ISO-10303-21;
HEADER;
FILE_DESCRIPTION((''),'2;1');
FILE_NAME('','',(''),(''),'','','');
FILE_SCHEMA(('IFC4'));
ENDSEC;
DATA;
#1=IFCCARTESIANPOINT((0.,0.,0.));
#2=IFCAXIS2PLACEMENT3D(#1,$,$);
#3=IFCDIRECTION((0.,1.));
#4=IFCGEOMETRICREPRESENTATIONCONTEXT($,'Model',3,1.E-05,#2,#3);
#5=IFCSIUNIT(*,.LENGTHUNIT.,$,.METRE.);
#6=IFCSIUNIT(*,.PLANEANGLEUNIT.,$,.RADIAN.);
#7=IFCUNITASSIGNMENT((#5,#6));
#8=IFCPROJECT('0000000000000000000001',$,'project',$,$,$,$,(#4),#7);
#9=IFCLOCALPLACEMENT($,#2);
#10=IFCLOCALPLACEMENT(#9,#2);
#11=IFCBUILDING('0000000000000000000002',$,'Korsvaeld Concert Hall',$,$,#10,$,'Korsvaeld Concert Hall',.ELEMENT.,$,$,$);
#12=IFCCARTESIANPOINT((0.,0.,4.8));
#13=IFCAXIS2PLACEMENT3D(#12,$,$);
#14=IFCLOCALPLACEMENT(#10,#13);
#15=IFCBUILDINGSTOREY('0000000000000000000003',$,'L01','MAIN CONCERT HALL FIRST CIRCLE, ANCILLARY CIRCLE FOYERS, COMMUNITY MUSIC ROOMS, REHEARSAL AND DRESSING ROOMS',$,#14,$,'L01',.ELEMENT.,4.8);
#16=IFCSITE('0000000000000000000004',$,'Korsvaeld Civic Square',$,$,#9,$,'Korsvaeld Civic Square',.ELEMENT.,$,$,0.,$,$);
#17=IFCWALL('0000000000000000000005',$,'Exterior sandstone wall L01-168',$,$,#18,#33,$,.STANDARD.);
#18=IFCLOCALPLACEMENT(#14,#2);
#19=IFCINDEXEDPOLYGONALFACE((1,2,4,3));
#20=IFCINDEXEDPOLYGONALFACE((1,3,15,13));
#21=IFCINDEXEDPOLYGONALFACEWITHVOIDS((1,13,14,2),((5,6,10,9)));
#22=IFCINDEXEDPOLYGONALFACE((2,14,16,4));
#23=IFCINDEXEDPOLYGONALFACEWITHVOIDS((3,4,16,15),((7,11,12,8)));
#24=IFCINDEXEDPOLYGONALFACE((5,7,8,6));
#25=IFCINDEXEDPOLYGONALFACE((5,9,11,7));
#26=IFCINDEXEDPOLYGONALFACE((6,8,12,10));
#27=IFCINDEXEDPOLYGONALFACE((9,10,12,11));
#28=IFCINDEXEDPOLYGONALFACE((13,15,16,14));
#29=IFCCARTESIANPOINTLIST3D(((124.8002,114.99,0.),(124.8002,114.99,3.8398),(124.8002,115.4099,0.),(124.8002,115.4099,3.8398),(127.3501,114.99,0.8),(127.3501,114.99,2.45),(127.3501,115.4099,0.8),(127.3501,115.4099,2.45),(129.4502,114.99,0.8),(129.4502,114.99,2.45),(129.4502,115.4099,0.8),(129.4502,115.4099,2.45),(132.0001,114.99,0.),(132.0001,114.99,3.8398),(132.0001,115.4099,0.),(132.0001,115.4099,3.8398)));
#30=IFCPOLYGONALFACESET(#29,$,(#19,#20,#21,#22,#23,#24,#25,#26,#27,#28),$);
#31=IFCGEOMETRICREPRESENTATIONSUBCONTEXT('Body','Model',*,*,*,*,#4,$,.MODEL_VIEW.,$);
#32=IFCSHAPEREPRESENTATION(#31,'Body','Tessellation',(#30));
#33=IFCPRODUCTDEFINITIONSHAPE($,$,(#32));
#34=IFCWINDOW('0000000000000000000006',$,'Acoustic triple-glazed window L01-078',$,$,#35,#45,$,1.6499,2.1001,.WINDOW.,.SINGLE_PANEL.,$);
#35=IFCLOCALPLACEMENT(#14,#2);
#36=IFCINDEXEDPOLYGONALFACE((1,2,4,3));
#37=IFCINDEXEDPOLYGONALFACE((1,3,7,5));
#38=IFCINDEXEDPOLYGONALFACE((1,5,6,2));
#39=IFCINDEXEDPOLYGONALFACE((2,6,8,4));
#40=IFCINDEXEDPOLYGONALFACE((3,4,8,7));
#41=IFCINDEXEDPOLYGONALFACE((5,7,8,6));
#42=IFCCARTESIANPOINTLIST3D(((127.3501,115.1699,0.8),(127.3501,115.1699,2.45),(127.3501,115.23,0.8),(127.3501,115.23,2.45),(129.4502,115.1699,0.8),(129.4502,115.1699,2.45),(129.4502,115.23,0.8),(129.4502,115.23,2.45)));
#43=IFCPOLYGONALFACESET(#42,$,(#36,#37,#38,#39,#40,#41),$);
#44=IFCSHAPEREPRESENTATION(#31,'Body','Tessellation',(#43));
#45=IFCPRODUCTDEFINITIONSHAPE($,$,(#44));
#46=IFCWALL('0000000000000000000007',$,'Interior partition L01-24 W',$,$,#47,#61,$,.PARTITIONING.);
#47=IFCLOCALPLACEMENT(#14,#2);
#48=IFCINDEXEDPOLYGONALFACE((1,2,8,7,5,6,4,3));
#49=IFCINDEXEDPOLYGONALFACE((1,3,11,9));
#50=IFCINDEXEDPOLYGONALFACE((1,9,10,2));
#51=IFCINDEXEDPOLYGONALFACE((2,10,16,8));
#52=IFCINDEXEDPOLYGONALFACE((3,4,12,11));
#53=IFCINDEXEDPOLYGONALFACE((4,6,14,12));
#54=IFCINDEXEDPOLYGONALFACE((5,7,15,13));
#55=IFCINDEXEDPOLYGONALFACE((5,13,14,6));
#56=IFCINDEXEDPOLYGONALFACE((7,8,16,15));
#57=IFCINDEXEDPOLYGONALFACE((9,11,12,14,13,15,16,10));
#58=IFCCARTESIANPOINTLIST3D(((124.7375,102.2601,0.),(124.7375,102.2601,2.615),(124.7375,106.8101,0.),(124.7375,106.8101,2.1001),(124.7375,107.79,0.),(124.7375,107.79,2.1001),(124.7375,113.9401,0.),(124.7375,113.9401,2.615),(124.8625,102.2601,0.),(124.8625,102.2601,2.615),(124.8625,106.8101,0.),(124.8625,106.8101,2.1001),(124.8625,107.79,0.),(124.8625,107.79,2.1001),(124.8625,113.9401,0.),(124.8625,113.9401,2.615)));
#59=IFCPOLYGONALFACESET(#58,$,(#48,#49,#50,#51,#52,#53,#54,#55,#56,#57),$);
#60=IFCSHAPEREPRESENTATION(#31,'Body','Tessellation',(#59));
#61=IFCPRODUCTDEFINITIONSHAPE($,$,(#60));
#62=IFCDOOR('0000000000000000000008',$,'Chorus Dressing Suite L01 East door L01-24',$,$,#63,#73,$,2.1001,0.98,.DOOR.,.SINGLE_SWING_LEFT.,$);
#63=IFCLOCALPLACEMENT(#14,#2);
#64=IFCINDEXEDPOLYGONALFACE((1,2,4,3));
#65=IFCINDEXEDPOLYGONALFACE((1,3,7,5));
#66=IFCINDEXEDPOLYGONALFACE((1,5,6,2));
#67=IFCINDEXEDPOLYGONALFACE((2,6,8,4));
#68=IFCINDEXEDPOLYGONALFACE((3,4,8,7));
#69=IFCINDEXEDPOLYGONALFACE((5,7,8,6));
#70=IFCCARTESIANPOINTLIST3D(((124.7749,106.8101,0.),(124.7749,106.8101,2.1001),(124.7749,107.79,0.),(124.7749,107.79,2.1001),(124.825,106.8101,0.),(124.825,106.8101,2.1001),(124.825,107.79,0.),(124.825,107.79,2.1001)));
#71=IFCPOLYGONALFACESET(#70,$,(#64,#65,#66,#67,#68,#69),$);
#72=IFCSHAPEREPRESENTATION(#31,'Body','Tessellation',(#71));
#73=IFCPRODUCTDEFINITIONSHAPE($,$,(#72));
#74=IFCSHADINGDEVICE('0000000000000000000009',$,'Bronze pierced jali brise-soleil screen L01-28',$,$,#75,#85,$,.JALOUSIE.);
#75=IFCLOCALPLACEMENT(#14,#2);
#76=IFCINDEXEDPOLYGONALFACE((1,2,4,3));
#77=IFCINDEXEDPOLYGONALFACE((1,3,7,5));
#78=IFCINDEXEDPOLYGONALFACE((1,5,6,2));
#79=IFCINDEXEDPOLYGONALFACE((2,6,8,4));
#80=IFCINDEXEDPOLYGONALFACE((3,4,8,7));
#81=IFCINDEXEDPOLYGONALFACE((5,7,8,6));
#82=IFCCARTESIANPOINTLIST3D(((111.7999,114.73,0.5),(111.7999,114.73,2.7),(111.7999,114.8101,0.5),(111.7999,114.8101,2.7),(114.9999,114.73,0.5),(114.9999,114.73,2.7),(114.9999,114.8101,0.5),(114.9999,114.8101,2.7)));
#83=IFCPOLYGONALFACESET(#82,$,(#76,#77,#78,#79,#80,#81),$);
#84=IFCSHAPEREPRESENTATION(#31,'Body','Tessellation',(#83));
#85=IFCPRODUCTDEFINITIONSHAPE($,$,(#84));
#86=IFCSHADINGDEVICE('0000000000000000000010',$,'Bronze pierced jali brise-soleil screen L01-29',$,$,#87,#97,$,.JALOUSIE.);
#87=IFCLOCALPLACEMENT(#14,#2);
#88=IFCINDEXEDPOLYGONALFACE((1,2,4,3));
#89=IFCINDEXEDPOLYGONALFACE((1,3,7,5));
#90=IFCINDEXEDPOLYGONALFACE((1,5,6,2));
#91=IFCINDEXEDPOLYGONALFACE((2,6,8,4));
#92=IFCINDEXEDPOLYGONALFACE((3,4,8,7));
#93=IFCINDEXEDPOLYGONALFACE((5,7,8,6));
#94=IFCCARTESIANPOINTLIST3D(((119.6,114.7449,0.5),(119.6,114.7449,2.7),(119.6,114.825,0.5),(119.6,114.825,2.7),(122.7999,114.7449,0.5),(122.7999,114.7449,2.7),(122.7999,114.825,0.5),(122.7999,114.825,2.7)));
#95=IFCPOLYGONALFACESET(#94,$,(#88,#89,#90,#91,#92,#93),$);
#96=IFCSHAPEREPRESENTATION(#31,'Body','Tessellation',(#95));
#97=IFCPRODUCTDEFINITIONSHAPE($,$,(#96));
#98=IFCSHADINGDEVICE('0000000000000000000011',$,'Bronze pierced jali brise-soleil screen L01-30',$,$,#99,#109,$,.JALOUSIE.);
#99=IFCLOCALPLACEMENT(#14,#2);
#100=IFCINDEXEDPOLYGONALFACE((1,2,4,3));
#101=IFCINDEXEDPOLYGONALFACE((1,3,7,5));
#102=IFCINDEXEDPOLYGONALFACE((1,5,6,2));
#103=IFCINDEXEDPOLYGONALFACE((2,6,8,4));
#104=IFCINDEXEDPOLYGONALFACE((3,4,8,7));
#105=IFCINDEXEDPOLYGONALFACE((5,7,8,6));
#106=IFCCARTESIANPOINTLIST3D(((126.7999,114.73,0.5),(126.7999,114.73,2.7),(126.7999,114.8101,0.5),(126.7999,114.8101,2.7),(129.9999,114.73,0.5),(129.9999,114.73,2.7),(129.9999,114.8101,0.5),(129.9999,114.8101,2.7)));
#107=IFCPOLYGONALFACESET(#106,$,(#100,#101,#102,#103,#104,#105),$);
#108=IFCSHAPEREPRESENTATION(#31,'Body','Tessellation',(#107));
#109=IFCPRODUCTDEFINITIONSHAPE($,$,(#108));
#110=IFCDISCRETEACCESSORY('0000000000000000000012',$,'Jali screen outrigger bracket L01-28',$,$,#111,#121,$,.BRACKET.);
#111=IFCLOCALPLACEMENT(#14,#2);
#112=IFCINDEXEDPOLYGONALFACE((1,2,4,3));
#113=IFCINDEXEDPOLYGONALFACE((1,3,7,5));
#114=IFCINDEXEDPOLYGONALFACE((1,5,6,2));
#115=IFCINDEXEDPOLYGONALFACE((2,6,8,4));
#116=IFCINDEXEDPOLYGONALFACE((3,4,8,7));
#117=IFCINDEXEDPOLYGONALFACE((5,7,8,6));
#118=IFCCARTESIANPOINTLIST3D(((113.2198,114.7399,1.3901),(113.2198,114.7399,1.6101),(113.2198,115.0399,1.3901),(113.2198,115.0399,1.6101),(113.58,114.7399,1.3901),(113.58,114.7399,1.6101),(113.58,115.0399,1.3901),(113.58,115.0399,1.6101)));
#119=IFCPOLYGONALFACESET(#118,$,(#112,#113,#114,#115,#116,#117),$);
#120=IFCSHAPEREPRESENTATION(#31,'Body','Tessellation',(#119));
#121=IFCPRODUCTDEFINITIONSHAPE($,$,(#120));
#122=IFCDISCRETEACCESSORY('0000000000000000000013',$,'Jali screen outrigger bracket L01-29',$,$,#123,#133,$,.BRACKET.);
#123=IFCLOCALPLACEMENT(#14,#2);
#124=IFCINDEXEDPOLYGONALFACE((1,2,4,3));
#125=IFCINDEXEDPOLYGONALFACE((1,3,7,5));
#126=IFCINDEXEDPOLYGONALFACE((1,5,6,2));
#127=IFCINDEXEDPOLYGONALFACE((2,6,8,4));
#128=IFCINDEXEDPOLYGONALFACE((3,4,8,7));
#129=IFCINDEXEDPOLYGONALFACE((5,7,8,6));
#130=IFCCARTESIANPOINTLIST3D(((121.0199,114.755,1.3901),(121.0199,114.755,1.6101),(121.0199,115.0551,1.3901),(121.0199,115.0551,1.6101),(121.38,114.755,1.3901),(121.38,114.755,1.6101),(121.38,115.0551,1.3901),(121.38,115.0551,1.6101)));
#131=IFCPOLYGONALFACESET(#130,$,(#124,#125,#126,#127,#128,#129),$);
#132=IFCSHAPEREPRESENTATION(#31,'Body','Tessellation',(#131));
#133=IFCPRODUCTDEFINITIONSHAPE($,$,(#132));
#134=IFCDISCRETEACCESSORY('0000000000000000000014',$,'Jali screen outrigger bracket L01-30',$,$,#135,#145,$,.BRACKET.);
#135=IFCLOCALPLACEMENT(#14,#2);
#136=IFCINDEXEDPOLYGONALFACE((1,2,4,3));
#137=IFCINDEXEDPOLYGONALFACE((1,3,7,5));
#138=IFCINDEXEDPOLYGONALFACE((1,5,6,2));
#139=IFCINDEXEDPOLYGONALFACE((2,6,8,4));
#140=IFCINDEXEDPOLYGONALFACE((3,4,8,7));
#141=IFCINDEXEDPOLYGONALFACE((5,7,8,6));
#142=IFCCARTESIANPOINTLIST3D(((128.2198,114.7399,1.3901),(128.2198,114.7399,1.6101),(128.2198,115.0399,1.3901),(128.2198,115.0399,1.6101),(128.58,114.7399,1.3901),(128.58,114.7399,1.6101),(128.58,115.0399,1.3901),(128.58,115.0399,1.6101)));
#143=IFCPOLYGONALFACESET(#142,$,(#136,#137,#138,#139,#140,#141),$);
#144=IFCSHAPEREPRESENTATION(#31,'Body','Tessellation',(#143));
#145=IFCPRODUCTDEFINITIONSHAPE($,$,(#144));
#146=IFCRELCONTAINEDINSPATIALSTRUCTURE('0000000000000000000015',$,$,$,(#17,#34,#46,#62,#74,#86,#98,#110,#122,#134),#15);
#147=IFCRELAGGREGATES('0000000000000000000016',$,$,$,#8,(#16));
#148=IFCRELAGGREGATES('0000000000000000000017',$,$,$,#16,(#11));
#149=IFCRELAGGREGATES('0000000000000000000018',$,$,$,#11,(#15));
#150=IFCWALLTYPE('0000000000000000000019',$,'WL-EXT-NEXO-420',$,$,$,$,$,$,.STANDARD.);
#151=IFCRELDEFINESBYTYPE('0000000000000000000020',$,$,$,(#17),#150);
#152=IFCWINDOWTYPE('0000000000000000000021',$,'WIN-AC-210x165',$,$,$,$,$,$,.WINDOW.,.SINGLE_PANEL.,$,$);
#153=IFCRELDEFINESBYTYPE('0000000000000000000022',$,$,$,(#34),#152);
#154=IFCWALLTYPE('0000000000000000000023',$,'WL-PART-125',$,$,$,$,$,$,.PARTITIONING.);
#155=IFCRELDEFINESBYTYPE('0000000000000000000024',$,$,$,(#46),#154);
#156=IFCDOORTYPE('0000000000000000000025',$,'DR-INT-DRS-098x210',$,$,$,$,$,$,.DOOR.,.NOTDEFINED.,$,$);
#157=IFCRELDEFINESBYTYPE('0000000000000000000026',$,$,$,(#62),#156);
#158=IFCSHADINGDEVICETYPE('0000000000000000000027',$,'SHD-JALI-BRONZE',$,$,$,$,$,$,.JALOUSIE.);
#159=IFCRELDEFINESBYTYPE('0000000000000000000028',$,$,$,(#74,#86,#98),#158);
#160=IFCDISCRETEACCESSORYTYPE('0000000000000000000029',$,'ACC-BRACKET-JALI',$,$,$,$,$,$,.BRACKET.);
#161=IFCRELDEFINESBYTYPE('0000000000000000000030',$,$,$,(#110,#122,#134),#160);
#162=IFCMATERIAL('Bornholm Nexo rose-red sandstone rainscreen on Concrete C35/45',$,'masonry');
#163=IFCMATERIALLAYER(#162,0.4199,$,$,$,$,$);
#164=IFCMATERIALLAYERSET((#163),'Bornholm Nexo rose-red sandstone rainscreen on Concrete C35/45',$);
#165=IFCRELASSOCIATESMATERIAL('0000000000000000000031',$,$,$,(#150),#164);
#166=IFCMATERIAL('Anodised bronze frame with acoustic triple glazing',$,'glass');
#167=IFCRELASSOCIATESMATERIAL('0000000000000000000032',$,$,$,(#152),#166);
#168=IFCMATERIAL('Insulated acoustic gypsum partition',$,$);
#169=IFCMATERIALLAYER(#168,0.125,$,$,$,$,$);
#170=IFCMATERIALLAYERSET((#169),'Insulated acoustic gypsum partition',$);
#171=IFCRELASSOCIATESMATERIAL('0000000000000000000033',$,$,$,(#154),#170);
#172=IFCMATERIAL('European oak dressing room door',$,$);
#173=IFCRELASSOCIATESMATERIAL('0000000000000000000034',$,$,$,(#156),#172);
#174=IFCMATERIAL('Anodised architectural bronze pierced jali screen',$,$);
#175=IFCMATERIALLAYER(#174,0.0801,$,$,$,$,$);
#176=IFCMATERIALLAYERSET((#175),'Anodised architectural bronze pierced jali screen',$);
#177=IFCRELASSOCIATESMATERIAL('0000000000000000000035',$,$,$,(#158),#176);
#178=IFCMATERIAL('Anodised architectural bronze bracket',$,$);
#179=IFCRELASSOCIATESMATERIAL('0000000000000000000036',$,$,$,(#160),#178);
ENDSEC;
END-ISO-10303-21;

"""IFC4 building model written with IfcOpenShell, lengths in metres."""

from ifc_helpers import new_model, si_unit, direction, frame, frame_2d, origin, origin_2d, place, context, subcontext, project, spatial, rectangle, extrude, material, layer, layer_set, type_object, element, fill, save


model = new_model("IFC4")

# Units and contexts
model_context = context("Model", 3, precision=1e-05, world=origin(), true_north=direction((0.0, 1.0)))
body_context = subcontext(model_context, "Body", "Model", "MODEL_VIEW")
ifc_project = project(units=[si_unit("LENGTHUNIT", "METRE"), si_unit("PLANEANGLEUNIT", "RADIAN")], contexts=[model_context])

# Site, building, storey
site_placement = place(None, origin())
site = spatial("IfcSite", under=ifc_project, at=site_placement, Name="Korsvaeld Civic Square", LongName="Korsvaeld Civic Square", CompositionType="ELEMENT", RefElevation=0.0)
building_placement = place(site_placement, origin())
building = spatial("IfcBuilding", under=site, at=building_placement, Name="Korsvaeld Concert Hall", LongName="Korsvaeld Concert Hall", CompositionType="ELEMENT")
storey_placement = place(building_placement, frame((0.0, 0.0, 4.8)))
storey = spatial("IfcBuildingStorey", under=building, at=storey_placement, Name="L01", Description="MAIN CONCERT HALL FIRST CIRCLE, ANCILLARY CIRCLE FOYERS, COMMUNITY MUSIC ROOMS, REHEARSAL AND DRESSING ROOMS", LongName="L01", CompositionType="ELEMENT", Elevation=4.8)

# Wall, opening, window
ifc_material_1 = material(Name="Anodised bronze frame with acoustic triple glazing", Category="glass")
ifc_material_2 = material(Name="Bornholm Nexo rose-red sandstone rainscreen on Concrete C35/45", Category="masonry")
ifc_layer_1 = layer(ifc_material_2, 0.4199)
ifc_layer_set_1 = layer_set([ifc_layer_1], Name="Bornholm Nexo rose-red sandstone rainscreen on Concrete C35/45")
wall_type_1 = type_object("IfcWallType", Name="WL-EXT-NEXO-420", PredefinedType="STANDARD", material=ifc_layer_set_1)
wall_1_placement = place(storey_placement, frame((124.8, 115.2, 0.0), z_axis=(0.0, 0.0, 1.0), x_axis=(1.0, 0.0, 0.0)))
wall_1 = element("IfcWall", 1, at=wall_1_placement, inside=storey, type_object=wall_type_1, Name="Exterior sandstone wall L01-168", PredefinedType="STANDARD", context=body_context, shape_type="SweptSolid", body=[
    extrude(rectangle(XDim=7.2, YDim=0.4199, at=frame_2d((3.6001, 0.0))), origin(), (0.0, 0.0, 1.0), 3.8398),
])
opening_1_placement = place(wall_1_placement, frame((2.55, 0.0, 0.8)))
opening_1 = element("IfcOpeningElement", 2, at=opening_1_placement, cuts=wall_1, PredefinedType="OPENING", context=body_context, shape_type="SweptSolid", body=[
    extrude(rectangle(XDim=2.1001, YDim=1.6499, at=frame_2d((1.05, 0.825))), frame((0.0, 0.22, 0.0), z_axis=(0.0, -1.0, 0.0), x_axis=(1.0, 0.0, 0.0)), (0.0, 0.0, 1.0), 0.4399),
])
window_type_1 = type_object("IfcWindowType", Name="WIN-AC-210x165", PartitioningType="SINGLE_PANEL", PredefinedType="WINDOW", material=ifc_material_1)
window_1_placement = place(opening_1_placement, origin())
window_1 = element("IfcWindow", 3, at=window_1_placement, inside=storey, type_object=window_type_1, Name="Acoustic triple-glazed window L01-078", OverallHeight=1.6499, OverallWidth=2.1001, PartitioningType="SINGLE_PANEL", PredefinedType="WINDOW", context=body_context, shape_type="SweptSolid", body=[
    extrude(rectangle(XDim=2.1001, YDim=1.6499, at=frame_2d((1.05, 0.825))), frame((0.0, 0.03, 0.0), z_axis=(0.0, -1.0, 0.0), x_axis=(1.0, 0.0, 0.0)), (0.0, 0.0, 1.0), 0.0601),
])
fill(opening_1, window_1)

# Wall, opening, door
ifc_material_3 = material(Name="Insulated acoustic gypsum partition")
ifc_layer_2 = layer(ifc_material_3, 0.125)
ifc_layer_set_2 = layer_set([ifc_layer_2], Name="Insulated acoustic gypsum partition")
wall_type_2 = type_object("IfcWallType", Name="WL-PART-125", PredefinedType="PARTITIONING", material=ifc_layer_set_2)
wall_2_placement = place(storey_placement, frame((124.8, 113.9399, 0.0), z_axis=(0.0, 0.0, 1.0), x_axis=(0.0, -1.0, 0.0)))
wall_2 = element("IfcWall", 4, at=wall_2_placement, inside=storey, type_object=wall_type_2, Name="Interior partition L01-24 W", PredefinedType="PARTITIONING", context=body_context, shape_type="SweptSolid", body=[
    extrude(rectangle(XDim=11.6799, YDim=0.125, at=frame_2d((5.8398, 0.0))), origin(), (0.0, 0.0, 1.0), 2.615),
])
opening_2_placement = place(wall_2_placement, frame((6.1499, 0.0, 0.0)))
opening_2 = element("IfcOpeningElement", 5, at=opening_2_placement, cuts=wall_2, PredefinedType="OPENING", context=body_context, shape_type="SweptSolid", body=[
    extrude(rectangle(XDim=0.98, YDim=2.1001, at=frame_2d((0.49, 1.05))), frame((0.0, 0.0725, 0.0), z_axis=(0.0, -1.0, 0.0), x_axis=(1.0, 0.0, 0.0)), (0.0, 0.0, 1.0), 0.145),
])
ifc_material_4 = material(Name="European oak dressing room door")
door_type = type_object("IfcDoorType", Name="DR-INT-DRS-098x210", OperationType="NOTDEFINED", PredefinedType="DOOR", material=ifc_material_4)
door_placement = place(opening_2_placement, origin())
door = element("IfcDoor", 6, at=door_placement, inside=storey, type_object=door_type, Name="Chorus Dressing Suite L01 East door L01-24", OperationType="SINGLE_SWING_LEFT", OverallHeight=2.1001, OverallWidth=0.98, PredefinedType="DOOR", context=body_context, shape_type="SweptSolid", body=[
    extrude(rectangle(XDim=0.98, YDim=2.1001, at=frame_2d((0.49, 1.05))), frame((0.0, 0.0249, 0.0), z_axis=(0.0, -1.0, 0.0), x_axis=(1.0, 0.0, 0.0)), (0.0, 0.0, 1.0), 0.05),
])
fill(opening_2, door)

# Shading devices
ifc_material_5 = material(Name="Anodised architectural bronze pierced jali screen")
ifc_layer_3 = layer(ifc_material_5, 0.0801)
ifc_layer_set_3 = layer_set([ifc_layer_3], Name="Anodised architectural bronze pierced jali screen")
shading_device_type = type_object("IfcShadingDeviceType", Name="SHD-JALI-BRONZE", PredefinedType="JALOUSIE", material=ifc_layer_set_3)
for number, where, z_axis, x_axis, name in (
    (7, (113.3999, 114.77, 0.5), (0.0, 0.0, 1.0), (1.0, 0.0, 0.0), "Bronze pierced jali brise-soleil screen L01-28"),
    (8, (121.2, 114.7849, 0.5), (0.0, 0.0, 1.0), (1.0, 0.0, 0.0), "Bronze pierced jali brise-soleil screen L01-29"),
    (9, (128.3999, 114.77, 0.5), (0.0, 0.0, 1.0), (1.0, 0.0, 0.0), "Bronze pierced jali brise-soleil screen L01-30"),
):
    element("IfcShadingDevice", number, at=place(storey_placement, frame(where, z_axis=z_axis, x_axis=x_axis)), inside=storey, type_object=shading_device_type, Name=name, PredefinedType="JALOUSIE", context=body_context, shape_type="SweptSolid", body=[
        extrude(rectangle(XDim=3.2, YDim=0.0801, at=origin_2d()), origin(), (0.0, 0.0, 1.0), 2.2),
    ])

# Discrete accessories
ifc_material_6 = material(Name="Anodised architectural bronze bracket")
discrete_accessory_type = type_object("IfcDiscreteAccessoryType", Name="ACC-BRACKET-JALI", PredefinedType="BRACKET", material=ifc_material_6)
for number, where, z_axis, x_axis, name in (
    (10, (113.3999, 114.8899, 1.3901), (0.0, 0.0, 1.0), (1.0, 0.0, 0.0), "Jali screen outrigger bracket L01-28"),
    (11, (121.2, 114.905, 1.3901), (0.0, 0.0, 1.0), (1.0, 0.0, 0.0), "Jali screen outrigger bracket L01-29"),
    (12, (128.3999, 114.8899, 1.3901), (0.0, 0.0, 1.0), (1.0, 0.0, 0.0), "Jali screen outrigger bracket L01-30"),
):
    element("IfcDiscreteAccessory", number, at=place(storey_placement, frame(where, z_axis=z_axis, x_axis=x_axis)), inside=storey, type_object=discrete_accessory_type, Name=name, PredefinedType="BRACKET", context=body_context, shape_type="SweptSolid", body=[
        extrude(rectangle(XDim=0.3601, YDim=0.3, at=origin_2d()), origin(), (0.0, 0.0, 1.0), 0.22),
    ])

save(model, "model.ifc")
